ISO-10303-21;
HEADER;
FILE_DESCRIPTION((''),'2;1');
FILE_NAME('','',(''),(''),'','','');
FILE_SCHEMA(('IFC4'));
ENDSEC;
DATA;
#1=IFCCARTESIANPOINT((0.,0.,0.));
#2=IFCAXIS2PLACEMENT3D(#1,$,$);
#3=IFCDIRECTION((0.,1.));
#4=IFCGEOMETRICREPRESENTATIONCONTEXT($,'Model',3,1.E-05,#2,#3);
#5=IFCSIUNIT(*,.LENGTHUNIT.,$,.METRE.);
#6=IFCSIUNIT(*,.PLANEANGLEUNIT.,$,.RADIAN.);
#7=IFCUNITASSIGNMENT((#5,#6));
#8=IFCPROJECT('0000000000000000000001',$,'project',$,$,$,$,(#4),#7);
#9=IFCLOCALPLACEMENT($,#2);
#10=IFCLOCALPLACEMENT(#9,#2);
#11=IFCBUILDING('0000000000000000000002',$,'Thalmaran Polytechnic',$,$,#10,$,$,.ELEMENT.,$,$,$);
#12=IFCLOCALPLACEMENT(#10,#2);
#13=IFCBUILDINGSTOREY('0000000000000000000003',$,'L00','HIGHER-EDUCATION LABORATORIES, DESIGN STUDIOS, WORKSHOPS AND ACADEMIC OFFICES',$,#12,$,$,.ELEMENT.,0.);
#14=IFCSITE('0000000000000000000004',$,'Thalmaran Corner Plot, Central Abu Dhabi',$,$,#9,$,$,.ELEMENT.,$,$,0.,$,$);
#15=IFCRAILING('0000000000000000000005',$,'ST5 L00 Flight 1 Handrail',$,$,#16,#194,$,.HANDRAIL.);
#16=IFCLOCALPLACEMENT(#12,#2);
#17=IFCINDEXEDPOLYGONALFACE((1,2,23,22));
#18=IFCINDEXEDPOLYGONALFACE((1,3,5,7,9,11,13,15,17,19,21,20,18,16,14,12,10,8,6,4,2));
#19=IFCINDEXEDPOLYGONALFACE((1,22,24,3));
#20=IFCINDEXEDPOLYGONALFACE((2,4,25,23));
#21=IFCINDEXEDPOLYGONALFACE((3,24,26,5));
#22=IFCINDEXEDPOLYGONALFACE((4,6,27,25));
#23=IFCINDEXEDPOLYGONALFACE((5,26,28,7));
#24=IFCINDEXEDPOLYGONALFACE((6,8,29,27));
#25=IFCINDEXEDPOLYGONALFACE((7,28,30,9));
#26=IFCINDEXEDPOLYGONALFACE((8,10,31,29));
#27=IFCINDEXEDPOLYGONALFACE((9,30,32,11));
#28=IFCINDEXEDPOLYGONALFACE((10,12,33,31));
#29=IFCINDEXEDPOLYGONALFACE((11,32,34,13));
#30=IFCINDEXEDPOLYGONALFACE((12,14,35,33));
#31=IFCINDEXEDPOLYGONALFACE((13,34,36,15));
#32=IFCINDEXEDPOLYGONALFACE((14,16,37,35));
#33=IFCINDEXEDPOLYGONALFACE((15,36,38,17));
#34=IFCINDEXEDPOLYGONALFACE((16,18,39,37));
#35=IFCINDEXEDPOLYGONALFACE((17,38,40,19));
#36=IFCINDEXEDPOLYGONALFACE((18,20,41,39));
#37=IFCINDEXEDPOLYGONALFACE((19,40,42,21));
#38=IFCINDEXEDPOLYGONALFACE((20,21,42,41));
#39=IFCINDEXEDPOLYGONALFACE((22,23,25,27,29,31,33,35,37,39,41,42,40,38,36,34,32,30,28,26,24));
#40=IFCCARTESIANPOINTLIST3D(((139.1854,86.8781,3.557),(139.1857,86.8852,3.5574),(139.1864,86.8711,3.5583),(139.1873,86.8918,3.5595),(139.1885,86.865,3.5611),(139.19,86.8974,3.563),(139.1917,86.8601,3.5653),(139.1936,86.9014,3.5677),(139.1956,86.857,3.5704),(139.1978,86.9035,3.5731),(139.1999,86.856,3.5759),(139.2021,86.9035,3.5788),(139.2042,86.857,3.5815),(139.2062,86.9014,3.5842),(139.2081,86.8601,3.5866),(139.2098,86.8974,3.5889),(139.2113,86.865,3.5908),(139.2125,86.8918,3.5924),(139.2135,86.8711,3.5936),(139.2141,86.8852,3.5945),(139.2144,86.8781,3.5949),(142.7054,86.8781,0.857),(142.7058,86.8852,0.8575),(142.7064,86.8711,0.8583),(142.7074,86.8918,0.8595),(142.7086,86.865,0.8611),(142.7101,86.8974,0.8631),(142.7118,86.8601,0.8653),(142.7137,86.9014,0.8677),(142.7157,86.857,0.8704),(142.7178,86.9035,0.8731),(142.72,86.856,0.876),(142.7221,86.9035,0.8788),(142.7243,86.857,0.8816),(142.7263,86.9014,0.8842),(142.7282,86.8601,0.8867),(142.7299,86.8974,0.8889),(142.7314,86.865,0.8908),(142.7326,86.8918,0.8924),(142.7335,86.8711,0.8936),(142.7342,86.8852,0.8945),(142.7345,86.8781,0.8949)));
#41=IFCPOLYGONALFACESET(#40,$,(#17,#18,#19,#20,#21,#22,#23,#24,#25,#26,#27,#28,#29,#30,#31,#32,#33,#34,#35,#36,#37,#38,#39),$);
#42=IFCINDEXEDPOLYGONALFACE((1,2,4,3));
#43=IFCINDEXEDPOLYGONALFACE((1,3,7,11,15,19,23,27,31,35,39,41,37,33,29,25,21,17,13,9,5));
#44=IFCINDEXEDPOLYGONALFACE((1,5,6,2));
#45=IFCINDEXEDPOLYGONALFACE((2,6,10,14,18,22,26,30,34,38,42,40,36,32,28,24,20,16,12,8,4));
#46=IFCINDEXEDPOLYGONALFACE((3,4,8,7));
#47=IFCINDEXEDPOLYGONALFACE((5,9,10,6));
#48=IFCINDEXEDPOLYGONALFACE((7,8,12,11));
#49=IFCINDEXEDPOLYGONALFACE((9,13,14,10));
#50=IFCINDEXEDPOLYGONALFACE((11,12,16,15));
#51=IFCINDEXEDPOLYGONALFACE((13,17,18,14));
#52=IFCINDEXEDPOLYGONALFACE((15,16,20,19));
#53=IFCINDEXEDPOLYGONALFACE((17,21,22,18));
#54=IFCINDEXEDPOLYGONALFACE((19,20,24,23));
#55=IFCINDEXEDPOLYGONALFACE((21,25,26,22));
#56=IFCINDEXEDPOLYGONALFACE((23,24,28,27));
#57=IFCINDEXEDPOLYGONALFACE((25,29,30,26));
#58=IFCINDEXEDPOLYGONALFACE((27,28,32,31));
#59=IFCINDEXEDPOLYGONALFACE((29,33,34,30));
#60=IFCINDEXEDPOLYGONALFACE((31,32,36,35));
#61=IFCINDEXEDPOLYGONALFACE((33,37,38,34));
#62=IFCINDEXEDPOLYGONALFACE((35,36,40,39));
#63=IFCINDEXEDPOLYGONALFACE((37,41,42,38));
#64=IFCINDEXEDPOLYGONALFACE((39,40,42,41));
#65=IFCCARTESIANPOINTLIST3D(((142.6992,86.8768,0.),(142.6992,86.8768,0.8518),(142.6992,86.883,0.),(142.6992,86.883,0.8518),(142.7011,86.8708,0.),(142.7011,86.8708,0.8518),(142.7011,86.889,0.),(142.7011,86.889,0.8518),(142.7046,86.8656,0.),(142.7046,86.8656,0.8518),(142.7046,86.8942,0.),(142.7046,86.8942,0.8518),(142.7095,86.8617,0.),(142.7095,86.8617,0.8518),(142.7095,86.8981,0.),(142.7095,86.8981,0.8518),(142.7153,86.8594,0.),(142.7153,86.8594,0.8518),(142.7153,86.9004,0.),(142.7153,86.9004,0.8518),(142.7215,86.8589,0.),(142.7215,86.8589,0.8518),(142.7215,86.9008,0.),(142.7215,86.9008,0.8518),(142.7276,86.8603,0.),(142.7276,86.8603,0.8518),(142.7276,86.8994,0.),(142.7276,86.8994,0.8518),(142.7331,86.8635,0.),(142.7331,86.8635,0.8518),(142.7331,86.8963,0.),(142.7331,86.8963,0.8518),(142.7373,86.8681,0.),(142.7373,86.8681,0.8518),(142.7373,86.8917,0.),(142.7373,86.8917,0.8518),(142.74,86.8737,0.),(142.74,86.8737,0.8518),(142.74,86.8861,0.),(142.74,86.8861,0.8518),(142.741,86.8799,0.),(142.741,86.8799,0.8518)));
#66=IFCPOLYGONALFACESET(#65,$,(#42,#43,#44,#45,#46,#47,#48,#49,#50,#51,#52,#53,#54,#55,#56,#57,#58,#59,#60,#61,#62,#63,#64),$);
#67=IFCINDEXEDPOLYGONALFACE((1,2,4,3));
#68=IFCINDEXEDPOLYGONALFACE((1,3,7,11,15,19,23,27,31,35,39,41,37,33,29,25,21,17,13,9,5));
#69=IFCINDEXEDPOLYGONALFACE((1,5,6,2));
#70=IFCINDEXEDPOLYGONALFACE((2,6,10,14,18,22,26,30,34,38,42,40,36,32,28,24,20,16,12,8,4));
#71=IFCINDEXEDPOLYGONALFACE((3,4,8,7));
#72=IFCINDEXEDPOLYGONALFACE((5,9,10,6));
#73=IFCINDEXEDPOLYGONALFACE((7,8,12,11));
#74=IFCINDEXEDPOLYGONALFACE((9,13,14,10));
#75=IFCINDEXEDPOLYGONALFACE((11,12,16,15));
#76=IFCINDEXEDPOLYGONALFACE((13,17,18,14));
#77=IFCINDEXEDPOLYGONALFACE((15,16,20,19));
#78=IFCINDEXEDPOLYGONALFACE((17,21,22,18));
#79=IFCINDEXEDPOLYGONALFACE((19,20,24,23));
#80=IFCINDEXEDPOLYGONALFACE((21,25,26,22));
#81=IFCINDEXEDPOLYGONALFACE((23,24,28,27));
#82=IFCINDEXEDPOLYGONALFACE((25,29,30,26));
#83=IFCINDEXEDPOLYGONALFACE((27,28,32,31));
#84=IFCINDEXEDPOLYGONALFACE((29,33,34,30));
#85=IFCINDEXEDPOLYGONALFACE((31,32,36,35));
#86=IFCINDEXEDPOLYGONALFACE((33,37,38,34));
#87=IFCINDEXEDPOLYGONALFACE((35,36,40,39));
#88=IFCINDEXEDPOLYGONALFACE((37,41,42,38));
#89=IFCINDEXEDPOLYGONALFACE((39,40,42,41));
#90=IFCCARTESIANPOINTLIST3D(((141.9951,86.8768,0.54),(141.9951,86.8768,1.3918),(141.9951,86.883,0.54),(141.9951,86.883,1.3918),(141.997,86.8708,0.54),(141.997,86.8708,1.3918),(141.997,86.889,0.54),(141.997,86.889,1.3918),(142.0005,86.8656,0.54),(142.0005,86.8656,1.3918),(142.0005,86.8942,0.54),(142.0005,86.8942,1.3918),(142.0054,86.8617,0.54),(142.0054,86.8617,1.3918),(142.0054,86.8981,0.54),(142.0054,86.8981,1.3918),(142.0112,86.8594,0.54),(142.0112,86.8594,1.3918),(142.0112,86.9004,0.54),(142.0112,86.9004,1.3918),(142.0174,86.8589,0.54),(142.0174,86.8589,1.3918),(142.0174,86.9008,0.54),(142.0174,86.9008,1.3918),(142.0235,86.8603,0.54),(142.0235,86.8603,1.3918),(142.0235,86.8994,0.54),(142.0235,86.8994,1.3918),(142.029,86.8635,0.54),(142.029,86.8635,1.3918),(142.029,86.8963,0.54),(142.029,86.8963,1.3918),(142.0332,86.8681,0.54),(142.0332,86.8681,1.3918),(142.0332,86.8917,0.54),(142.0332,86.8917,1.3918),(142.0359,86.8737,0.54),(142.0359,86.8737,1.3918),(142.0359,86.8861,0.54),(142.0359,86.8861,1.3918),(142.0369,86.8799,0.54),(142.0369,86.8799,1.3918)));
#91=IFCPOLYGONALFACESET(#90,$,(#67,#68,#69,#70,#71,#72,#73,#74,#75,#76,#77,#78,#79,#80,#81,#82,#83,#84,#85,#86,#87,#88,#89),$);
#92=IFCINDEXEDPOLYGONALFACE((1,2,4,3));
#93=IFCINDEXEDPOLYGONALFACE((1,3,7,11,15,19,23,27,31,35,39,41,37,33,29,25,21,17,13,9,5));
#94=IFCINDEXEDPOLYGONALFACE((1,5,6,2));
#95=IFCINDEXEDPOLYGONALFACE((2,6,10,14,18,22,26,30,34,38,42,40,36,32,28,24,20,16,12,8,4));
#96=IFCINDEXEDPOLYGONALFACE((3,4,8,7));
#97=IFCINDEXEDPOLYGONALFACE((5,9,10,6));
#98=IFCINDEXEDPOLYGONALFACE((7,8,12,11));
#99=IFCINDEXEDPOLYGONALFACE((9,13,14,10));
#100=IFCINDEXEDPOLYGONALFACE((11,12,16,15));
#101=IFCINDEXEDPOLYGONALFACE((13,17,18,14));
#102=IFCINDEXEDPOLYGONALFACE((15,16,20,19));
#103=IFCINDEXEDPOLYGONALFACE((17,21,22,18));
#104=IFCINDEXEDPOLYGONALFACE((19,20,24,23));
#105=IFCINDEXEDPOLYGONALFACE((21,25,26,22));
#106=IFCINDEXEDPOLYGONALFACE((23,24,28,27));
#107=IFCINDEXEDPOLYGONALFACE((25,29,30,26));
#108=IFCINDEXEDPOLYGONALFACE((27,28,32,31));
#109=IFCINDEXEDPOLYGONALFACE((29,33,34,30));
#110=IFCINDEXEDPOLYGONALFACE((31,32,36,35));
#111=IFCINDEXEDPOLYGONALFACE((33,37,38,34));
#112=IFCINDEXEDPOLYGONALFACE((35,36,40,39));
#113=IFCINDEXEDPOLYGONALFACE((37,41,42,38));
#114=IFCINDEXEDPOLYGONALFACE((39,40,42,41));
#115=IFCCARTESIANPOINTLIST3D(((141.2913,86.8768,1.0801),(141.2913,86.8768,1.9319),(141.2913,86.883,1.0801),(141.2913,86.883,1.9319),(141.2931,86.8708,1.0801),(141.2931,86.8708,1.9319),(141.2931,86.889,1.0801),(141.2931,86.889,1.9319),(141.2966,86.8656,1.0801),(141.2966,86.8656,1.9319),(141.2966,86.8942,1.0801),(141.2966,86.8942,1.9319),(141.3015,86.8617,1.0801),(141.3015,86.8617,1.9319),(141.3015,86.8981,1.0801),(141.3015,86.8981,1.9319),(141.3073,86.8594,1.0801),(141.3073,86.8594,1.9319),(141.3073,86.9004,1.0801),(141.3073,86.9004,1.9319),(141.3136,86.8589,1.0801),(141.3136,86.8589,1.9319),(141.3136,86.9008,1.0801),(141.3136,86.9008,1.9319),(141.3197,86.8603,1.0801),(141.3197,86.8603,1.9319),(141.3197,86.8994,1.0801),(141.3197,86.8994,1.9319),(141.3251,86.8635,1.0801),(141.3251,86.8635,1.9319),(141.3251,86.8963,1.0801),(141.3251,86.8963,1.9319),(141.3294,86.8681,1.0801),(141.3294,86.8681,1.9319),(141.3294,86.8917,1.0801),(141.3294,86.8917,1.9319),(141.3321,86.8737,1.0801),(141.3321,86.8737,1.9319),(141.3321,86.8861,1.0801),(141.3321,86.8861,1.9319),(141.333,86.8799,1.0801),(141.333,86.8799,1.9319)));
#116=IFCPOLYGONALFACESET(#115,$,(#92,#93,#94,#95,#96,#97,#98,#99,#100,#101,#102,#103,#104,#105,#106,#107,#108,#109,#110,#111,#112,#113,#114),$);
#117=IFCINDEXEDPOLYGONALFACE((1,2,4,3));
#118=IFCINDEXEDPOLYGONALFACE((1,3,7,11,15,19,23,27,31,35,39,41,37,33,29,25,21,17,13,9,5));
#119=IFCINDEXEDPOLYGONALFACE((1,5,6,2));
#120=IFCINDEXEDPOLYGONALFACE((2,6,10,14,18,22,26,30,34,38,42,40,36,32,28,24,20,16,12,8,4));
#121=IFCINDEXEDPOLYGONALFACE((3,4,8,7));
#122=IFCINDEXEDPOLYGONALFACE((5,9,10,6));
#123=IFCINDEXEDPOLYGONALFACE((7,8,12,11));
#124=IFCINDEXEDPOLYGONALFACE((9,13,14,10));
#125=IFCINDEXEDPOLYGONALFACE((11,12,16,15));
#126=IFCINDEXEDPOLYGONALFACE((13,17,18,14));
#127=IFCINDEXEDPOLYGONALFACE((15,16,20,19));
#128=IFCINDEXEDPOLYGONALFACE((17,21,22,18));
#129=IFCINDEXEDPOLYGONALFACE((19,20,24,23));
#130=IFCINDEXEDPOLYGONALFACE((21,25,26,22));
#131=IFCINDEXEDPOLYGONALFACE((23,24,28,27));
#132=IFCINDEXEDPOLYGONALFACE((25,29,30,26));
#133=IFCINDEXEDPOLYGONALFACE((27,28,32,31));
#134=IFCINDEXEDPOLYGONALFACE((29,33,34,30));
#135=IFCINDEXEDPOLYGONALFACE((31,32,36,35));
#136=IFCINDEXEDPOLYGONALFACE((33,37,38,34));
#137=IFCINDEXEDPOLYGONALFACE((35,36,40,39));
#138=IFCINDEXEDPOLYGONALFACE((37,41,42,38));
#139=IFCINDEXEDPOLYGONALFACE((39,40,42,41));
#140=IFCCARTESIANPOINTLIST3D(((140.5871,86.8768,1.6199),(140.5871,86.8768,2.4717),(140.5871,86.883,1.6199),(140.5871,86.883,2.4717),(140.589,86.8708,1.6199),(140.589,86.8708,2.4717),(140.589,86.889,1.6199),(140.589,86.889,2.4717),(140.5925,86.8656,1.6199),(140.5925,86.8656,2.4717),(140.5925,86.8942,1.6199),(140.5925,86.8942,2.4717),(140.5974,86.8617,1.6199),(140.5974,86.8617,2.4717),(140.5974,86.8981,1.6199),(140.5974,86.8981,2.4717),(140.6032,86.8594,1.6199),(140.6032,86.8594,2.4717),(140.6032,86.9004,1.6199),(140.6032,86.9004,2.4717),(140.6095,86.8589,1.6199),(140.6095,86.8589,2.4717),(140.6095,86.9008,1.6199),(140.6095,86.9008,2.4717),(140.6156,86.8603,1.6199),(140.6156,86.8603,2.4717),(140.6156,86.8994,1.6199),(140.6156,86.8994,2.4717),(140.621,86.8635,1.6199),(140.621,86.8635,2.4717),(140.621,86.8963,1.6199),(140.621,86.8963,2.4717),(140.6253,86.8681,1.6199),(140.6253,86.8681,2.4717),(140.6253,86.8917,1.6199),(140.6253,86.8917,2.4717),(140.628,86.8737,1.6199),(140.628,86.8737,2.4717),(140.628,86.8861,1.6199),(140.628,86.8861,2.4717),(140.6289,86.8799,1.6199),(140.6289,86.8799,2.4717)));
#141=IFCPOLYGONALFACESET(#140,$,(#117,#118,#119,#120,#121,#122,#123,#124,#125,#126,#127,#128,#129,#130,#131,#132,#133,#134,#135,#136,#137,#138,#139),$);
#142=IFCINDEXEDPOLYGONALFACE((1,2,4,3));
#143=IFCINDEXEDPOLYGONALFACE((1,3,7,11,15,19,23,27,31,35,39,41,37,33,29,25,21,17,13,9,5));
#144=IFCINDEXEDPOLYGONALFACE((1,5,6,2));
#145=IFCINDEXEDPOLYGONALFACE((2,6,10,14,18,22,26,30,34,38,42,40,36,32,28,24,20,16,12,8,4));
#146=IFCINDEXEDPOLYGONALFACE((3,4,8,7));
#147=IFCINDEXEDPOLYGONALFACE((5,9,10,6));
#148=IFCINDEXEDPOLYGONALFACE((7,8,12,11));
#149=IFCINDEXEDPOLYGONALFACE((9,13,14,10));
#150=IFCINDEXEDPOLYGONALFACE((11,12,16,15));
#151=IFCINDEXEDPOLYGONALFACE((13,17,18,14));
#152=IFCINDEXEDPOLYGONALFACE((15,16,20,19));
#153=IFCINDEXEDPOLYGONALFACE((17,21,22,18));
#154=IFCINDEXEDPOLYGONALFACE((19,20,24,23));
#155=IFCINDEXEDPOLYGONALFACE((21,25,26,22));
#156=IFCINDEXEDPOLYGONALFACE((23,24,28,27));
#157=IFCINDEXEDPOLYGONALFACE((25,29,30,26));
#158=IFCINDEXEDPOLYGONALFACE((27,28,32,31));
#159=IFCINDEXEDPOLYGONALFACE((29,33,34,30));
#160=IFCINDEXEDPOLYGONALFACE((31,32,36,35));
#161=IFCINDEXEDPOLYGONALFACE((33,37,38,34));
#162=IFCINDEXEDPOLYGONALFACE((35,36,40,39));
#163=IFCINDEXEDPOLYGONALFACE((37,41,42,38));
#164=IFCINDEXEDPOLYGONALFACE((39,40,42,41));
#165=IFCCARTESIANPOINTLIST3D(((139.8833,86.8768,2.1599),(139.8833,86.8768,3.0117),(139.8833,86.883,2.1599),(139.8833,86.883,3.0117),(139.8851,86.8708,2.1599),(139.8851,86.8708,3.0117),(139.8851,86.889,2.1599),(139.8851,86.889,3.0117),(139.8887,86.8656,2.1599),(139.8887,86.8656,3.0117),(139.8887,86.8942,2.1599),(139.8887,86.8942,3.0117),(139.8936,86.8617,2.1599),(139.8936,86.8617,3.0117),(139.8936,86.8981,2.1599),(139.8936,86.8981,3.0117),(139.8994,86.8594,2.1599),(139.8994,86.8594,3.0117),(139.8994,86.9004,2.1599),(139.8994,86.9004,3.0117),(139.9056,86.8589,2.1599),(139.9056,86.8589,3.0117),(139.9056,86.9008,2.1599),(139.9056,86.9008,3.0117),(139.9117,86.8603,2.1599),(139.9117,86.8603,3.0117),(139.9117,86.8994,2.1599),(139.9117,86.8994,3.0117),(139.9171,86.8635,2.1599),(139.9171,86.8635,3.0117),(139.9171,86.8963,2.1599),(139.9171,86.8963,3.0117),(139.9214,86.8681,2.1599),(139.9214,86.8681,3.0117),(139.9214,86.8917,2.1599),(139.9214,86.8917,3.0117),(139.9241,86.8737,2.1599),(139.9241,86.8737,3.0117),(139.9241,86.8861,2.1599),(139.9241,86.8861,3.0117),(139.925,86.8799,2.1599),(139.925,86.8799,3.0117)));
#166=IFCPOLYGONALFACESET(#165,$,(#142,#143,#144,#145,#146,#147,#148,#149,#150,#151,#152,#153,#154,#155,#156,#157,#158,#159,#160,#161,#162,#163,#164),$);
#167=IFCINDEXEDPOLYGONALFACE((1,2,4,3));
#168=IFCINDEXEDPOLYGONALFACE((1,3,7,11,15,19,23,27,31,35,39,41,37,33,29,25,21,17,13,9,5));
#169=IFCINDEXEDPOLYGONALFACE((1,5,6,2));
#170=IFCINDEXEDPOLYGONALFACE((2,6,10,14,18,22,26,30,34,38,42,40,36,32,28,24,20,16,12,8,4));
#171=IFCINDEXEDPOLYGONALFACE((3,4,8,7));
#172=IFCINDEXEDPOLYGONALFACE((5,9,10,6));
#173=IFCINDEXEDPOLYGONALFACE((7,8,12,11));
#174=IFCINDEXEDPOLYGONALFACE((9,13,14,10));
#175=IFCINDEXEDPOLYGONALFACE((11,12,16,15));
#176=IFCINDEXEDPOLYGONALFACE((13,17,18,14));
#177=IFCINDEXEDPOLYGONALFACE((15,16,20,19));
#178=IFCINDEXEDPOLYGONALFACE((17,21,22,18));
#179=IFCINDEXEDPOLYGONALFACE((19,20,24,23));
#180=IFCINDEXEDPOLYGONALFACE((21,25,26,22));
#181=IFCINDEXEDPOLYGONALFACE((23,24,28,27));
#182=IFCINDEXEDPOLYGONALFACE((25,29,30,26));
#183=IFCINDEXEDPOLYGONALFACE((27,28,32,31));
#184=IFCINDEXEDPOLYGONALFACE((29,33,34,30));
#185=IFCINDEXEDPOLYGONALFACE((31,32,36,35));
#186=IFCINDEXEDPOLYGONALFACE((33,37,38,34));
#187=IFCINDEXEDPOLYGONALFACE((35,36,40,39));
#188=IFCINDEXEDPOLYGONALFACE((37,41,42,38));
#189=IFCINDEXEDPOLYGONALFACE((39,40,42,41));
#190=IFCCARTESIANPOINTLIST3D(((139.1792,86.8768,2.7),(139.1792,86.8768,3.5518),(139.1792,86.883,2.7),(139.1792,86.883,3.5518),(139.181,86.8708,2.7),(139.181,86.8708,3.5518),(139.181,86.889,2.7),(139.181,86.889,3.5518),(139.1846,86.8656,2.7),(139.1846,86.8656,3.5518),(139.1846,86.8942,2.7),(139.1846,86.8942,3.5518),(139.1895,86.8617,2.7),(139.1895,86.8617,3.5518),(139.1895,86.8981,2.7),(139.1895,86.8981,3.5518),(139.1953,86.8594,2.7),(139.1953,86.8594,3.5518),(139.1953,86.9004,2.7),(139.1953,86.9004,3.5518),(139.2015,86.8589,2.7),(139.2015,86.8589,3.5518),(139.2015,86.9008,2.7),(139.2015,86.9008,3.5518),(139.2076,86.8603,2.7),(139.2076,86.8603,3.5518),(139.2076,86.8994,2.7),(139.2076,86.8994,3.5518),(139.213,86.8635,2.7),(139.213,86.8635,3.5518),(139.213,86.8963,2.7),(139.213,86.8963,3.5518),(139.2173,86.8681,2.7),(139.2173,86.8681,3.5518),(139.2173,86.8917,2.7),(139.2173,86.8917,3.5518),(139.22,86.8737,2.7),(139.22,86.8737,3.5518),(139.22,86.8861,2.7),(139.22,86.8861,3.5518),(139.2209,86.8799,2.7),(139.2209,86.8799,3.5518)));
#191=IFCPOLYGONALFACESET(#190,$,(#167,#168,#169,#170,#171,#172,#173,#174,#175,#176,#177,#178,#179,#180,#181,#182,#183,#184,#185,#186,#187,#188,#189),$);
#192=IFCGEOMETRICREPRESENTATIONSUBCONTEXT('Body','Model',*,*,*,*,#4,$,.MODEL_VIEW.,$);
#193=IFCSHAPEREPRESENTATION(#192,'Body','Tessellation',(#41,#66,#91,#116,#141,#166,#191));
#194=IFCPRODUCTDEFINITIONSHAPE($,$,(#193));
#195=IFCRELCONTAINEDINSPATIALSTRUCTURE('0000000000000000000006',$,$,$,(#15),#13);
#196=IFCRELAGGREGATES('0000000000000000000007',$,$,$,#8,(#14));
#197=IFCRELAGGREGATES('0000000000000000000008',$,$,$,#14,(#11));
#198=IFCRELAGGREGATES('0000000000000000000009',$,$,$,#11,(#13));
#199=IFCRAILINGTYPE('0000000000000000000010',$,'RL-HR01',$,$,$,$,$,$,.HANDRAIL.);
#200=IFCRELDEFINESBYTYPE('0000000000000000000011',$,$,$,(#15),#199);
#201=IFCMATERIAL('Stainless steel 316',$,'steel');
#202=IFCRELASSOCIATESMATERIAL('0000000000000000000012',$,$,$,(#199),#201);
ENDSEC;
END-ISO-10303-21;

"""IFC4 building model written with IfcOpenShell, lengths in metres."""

from ifc_helpers import new_model, si_unit, direction, frame, origin, origin_2d, place, context, subcontext, project, spatial, circle, extrude, material, type_object, element, save


model = new_model("IFC4")

# Units and contexts
model_context = context("Model", 3, precision=1e-05, world=origin(), true_north=direction((0.0, 1.0)))
body_context = subcontext(model_context, "Body", "Model", "MODEL_VIEW")
ifc_project = project(units=[si_unit("LENGTHUNIT", "METRE"), si_unit("PLANEANGLEUNIT", "RADIAN")], contexts=[model_context])

# Site, building, storey
site_placement = place(None, origin())
site = spatial("IfcSite", under=ifc_project, at=site_placement, Name="Thalmaran Corner Plot, Central Abu Dhabi", CompositionType="ELEMENT", RefElevation=0.0)
building_placement = place(site_placement, origin())
building = spatial("IfcBuilding", under=site, at=building_placement, Name="Thalmaran Polytechnic", CompositionType="ELEMENT")
storey_placement = place(building_placement, origin())
storey = spatial("IfcBuildingStorey", under=building, at=storey_placement, Name="L00", Description="HIGHER-EDUCATION LABORATORIES, DESIGN STUDIOS, WORKSHOPS AND ACADEMIC OFFICES", CompositionType="ELEMENT", Elevation=0.0)

# Railing
ifc_material_1 = material(Name="Stainless steel 316", Category="steel")
railing_type_1 = type_object("IfcRailingType", Name="RL-HR01", PredefinedType="HANDRAIL", material=ifc_material_1)
railing_1_placement = place(storey_placement, frame((142.72, 86.8799, 0.0)))
element("IfcRailing", 1, at=railing_1_placement, inside=storey, type_object=railing_type_1, Name="ST5 L00 Flight 1 Handrail", PredefinedType="HANDRAIL", context=body_context, shape_type="SweptSolid", body=[
    extrude(circle(Radius=0.0239, at=origin_2d()), frame((0.0, 0.0, 0.876), z_axis=(-0.793468, 0.0, 0.608612), x_axis=(0.0, -1.0, 0.0)), (0.0, 0.0, 1.0), 4.4363),
    extrude(circle(Radius=0.021, at=origin_2d()), origin(), (0.0, 0.0, 1.0), 0.8518),
    extrude(circle(Radius=0.021, at=origin_2d()), frame((-0.7041, 0.0, 0.54)), (0.0, 0.0, 1.0), 0.8518),
    extrude(circle(Radius=0.021, at=origin_2d()), frame((-1.408, 0.0, 1.0801)), (0.0, 0.0, 1.0), 0.8518),
    extrude(circle(Radius=0.021, at=origin_2d()), frame((-2.1121, 0.0, 1.6199)), (0.0, 0.0, 1.0), 0.8518),
    extrude(circle(Radius=0.021, at=origin_2d()), frame((-2.8159, 0.0, 2.1599)), (0.0, 0.0, 1.0), 0.8518),
    extrude(circle(Radius=0.021, at=origin_2d()), frame((-3.52, 0.0, 2.7)), (0.0, 0.0, 1.0), 0.8518),
])

save(model, "model.ifc")
